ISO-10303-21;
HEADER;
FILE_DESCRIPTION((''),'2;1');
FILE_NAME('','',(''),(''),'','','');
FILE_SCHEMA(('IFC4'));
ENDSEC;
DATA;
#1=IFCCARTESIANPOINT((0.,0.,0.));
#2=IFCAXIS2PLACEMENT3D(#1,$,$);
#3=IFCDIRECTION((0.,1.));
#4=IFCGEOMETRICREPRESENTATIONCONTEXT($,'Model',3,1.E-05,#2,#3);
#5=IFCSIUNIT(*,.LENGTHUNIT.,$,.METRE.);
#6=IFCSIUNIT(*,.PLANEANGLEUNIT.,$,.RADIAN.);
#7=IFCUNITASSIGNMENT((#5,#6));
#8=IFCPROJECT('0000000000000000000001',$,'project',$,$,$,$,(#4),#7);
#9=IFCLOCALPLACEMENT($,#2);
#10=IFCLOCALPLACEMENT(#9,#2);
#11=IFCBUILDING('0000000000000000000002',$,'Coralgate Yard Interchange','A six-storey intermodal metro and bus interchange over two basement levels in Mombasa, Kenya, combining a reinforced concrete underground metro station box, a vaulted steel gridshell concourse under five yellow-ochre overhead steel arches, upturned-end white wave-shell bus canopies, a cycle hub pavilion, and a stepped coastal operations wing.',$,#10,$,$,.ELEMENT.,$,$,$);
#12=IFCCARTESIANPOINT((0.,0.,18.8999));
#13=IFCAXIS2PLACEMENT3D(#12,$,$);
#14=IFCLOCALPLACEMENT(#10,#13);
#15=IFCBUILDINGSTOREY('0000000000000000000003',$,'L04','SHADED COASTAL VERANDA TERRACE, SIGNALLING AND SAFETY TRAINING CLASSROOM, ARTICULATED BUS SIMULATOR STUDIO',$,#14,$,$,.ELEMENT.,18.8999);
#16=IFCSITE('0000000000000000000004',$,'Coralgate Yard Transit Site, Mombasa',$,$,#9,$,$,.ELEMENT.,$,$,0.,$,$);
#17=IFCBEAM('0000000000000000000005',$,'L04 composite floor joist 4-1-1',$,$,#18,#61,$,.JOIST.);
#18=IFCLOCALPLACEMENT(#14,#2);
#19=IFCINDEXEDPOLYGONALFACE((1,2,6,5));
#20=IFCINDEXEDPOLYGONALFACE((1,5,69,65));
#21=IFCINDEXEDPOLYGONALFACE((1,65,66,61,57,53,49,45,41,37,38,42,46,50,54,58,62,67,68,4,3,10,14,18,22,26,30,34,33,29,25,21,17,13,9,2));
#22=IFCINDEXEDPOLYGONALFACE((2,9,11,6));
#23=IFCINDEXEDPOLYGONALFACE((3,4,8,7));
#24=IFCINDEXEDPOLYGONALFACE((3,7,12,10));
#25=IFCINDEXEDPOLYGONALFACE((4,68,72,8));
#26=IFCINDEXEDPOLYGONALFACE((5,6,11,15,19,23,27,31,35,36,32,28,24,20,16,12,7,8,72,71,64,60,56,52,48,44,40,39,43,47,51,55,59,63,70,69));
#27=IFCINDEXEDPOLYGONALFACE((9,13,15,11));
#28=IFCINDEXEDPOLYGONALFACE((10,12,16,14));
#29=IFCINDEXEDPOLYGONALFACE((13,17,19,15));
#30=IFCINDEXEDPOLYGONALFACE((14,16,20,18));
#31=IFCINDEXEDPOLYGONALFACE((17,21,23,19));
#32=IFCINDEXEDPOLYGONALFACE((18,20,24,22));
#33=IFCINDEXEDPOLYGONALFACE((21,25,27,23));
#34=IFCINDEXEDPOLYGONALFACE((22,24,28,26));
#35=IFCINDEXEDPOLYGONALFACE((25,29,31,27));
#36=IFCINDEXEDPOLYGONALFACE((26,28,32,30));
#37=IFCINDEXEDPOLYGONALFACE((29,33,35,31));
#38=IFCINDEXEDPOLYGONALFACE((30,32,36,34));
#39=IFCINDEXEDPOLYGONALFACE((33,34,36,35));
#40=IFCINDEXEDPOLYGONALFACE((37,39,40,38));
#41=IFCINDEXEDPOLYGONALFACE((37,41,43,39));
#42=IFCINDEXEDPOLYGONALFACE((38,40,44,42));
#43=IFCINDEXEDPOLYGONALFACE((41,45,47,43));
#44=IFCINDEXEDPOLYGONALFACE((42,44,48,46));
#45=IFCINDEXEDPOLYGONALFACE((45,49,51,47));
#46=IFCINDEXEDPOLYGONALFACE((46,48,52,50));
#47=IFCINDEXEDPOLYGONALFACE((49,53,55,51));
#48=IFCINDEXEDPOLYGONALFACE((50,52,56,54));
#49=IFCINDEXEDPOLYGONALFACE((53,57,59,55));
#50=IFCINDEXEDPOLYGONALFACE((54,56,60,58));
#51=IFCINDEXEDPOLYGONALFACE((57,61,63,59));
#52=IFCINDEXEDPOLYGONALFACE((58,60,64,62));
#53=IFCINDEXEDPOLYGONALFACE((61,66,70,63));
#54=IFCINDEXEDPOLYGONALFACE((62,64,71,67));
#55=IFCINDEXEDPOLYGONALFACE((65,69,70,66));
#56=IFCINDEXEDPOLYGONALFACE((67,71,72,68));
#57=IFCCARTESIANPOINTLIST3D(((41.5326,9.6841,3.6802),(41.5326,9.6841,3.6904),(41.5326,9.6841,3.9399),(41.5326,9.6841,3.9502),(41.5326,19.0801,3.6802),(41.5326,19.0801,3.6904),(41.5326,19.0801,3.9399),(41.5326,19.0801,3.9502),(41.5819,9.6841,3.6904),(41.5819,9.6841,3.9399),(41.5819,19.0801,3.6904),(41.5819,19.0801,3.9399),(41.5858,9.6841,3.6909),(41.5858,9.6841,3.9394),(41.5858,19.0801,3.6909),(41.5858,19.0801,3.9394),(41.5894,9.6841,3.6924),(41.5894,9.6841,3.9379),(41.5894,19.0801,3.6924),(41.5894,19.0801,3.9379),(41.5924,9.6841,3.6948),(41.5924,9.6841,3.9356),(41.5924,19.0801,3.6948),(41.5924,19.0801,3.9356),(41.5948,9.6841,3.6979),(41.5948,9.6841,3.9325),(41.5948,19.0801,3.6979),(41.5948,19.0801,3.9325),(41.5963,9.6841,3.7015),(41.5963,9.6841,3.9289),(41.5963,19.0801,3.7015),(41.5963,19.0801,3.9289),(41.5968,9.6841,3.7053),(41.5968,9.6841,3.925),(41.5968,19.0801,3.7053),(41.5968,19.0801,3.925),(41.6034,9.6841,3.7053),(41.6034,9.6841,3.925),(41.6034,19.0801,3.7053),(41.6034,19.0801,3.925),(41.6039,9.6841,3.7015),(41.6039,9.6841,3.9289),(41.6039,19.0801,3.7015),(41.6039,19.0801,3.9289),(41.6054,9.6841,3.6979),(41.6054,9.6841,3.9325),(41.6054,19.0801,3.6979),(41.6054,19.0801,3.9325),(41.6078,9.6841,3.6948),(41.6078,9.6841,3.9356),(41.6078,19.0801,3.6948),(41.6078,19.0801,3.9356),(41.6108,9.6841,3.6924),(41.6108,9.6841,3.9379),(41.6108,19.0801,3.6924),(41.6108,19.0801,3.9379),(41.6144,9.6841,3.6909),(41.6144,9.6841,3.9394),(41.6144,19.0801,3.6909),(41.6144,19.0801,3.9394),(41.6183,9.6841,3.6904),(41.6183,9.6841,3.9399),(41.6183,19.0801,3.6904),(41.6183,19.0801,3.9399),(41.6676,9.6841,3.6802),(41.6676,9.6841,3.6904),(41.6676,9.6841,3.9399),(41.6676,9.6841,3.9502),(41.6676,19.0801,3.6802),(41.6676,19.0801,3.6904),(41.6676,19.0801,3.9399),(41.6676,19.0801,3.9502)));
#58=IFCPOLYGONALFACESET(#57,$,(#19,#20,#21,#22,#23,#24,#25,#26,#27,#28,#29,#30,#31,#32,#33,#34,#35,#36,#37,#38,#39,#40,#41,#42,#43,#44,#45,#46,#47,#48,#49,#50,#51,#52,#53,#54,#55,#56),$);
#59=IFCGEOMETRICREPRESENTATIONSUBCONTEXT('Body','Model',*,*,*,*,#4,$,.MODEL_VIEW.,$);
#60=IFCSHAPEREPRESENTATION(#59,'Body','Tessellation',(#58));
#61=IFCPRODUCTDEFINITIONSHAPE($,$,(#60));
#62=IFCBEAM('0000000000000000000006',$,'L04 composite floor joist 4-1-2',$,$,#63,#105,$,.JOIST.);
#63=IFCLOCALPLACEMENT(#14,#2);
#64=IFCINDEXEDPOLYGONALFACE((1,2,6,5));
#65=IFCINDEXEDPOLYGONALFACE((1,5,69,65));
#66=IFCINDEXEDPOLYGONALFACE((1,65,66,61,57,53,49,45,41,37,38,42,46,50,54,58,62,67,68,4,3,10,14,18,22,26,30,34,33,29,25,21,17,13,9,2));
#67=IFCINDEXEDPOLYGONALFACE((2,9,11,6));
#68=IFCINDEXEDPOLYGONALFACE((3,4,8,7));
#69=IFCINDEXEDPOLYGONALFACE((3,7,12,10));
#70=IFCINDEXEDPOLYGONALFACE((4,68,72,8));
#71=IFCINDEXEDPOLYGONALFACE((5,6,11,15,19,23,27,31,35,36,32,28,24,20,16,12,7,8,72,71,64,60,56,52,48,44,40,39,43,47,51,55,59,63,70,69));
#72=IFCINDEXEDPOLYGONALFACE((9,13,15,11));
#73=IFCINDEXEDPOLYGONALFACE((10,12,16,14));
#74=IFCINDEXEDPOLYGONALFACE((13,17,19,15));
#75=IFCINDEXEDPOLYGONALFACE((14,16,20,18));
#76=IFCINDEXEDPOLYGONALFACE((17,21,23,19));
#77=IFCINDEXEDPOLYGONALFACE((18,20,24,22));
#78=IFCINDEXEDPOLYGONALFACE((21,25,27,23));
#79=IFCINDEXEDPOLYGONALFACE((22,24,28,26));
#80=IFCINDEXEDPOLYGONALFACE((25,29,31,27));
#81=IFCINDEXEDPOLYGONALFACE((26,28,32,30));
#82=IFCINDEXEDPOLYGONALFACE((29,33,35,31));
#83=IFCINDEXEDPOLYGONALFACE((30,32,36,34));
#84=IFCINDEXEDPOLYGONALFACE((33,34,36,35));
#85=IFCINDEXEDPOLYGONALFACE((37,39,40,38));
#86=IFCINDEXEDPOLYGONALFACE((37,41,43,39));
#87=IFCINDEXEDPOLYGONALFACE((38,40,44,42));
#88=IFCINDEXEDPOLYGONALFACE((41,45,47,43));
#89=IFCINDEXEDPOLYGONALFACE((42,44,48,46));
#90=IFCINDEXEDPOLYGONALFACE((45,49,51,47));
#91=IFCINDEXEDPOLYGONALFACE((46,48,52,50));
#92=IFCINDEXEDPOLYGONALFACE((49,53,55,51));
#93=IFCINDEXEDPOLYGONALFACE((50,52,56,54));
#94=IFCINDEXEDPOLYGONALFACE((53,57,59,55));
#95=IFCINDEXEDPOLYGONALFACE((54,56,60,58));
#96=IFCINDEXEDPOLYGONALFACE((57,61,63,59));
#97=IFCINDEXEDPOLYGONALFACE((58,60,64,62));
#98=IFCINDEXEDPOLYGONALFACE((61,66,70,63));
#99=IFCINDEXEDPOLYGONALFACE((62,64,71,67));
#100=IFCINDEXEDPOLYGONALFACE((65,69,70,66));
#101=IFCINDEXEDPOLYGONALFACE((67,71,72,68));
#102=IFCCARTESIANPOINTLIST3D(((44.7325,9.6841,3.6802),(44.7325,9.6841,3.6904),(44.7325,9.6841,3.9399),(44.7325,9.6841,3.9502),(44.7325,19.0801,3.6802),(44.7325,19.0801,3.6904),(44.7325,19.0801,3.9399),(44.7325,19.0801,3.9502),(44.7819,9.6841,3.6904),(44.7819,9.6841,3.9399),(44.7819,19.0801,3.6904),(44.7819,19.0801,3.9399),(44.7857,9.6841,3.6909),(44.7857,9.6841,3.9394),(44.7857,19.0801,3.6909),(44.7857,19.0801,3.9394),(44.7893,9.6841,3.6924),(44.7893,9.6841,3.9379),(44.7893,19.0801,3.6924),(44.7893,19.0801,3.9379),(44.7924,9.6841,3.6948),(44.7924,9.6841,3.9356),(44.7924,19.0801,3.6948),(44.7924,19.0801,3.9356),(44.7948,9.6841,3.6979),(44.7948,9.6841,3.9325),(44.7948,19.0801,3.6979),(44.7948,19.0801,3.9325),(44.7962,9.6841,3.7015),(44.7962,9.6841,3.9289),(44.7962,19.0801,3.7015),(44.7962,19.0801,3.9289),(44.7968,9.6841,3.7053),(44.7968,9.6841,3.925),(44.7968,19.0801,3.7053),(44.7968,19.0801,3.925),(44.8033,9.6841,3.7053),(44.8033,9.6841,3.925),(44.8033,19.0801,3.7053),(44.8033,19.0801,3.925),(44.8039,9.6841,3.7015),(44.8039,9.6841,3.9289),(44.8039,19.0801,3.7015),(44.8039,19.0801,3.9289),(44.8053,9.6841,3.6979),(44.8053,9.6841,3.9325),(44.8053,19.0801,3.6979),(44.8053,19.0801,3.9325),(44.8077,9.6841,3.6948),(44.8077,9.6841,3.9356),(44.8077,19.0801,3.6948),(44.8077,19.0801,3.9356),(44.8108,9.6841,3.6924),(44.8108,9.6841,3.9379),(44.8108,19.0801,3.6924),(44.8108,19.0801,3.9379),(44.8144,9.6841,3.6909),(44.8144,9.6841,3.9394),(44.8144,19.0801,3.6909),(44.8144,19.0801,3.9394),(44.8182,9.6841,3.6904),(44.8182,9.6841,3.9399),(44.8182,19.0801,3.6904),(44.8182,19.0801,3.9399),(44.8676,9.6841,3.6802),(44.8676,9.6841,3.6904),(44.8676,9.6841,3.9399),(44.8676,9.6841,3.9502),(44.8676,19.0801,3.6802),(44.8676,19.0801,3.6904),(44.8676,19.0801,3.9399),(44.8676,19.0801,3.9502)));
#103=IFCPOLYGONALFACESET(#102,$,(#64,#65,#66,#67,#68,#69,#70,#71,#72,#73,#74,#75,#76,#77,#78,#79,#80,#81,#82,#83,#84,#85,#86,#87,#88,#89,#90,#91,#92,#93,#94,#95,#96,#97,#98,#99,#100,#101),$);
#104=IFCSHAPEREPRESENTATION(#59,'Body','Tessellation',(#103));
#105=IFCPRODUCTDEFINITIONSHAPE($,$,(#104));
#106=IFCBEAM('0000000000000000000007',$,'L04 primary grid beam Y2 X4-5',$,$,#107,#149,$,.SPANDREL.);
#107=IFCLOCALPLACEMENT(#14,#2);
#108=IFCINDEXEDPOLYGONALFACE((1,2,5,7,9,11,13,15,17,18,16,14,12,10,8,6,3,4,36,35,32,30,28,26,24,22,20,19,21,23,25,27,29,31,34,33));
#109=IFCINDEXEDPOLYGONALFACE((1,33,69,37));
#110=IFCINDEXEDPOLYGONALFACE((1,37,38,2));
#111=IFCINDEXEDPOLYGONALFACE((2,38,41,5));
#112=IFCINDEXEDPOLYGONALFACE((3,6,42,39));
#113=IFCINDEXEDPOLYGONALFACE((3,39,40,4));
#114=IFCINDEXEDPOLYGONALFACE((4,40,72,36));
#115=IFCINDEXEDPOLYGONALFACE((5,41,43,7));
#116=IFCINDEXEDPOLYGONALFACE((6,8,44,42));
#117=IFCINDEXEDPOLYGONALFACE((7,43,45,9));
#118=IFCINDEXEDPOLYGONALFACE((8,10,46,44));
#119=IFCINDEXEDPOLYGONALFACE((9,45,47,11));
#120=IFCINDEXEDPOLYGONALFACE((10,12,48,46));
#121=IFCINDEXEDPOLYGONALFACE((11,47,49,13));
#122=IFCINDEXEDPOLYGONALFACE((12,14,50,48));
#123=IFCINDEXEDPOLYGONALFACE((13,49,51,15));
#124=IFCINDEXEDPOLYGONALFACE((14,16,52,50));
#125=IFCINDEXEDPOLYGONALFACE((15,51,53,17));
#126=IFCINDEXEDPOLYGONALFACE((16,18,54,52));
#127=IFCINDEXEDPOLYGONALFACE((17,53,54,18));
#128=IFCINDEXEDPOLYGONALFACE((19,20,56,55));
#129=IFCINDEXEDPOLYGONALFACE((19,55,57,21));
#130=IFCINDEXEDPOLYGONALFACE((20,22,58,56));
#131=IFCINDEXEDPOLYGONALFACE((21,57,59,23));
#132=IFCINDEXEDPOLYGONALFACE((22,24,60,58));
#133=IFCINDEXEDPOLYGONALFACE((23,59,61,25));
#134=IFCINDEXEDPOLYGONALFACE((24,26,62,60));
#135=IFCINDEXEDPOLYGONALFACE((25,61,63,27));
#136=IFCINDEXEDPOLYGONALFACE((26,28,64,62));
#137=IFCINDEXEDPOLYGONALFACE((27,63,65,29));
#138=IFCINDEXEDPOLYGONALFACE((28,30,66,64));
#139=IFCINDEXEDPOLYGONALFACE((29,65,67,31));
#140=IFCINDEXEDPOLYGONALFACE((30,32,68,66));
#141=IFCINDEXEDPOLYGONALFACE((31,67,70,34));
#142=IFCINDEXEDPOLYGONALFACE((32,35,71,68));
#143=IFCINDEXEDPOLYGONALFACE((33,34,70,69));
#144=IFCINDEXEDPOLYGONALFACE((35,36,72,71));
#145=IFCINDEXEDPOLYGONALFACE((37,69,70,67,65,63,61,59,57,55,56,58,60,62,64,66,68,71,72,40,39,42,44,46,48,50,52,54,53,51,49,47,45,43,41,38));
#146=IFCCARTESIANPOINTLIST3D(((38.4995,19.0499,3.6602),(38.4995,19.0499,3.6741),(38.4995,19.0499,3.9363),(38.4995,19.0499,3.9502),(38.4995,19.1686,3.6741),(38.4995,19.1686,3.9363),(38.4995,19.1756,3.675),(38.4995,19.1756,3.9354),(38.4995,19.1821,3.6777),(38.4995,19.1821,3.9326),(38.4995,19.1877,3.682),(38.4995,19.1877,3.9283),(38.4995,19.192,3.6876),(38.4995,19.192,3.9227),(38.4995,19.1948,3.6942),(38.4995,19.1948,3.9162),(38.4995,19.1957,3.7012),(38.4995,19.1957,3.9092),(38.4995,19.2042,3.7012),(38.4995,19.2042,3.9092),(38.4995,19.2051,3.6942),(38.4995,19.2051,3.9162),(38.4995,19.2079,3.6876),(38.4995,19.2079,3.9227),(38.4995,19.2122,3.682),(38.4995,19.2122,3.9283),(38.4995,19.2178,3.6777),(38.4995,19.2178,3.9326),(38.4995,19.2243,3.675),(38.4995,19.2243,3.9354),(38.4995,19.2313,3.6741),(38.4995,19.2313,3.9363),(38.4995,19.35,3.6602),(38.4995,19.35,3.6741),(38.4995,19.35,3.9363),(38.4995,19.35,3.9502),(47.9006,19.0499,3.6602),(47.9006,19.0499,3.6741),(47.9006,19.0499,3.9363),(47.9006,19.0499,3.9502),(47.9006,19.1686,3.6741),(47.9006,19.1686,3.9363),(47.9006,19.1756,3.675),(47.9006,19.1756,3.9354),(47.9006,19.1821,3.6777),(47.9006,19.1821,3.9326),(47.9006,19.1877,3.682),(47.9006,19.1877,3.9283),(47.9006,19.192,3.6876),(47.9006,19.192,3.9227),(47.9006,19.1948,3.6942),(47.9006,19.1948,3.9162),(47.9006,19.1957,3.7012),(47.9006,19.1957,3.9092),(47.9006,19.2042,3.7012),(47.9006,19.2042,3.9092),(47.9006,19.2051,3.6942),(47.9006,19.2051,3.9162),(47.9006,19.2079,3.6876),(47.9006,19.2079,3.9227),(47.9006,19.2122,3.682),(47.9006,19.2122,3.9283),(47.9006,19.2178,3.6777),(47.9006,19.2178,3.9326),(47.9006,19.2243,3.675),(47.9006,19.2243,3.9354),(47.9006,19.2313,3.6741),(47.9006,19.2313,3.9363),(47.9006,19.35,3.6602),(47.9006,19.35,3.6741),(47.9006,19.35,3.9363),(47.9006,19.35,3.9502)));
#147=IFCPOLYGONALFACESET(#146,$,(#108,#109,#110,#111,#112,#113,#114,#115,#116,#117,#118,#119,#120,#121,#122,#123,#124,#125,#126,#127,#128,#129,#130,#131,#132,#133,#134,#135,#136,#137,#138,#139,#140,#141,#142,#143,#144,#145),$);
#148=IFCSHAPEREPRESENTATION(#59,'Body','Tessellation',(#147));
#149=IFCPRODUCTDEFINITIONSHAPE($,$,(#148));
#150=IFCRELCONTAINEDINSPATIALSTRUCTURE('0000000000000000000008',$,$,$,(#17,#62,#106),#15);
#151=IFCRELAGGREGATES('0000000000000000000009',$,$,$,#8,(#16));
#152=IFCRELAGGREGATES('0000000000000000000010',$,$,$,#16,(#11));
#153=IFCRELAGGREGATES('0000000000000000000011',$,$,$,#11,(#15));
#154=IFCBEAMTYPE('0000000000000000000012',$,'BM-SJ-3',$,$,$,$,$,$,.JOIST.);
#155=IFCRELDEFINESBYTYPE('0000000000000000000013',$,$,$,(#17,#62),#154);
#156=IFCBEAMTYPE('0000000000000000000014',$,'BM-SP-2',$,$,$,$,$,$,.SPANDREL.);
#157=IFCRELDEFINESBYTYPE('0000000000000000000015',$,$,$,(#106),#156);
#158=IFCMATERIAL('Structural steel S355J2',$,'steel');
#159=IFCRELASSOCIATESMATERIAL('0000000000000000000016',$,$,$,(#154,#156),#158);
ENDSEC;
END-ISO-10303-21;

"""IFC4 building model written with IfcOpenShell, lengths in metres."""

from ifc_helpers import new_model, si_unit, direction, frame, origin, origin_2d, place, context, subcontext, project, spatial, i_section, extrude, material, material_profile, profile_set, type_object, element, save


model = new_model("IFC4")

# Units and contexts
model_context = context("Model", 3, precision=1e-05, world=origin(), true_north=direction((0.0, 1.0)))
body_context = subcontext(model_context, "Body", "Model", "MODEL_VIEW")
ifc_project = project(units=[si_unit("LENGTHUNIT", "METRE"), si_unit("PLANEANGLEUNIT", "RADIAN")], contexts=[model_context])

# Site, building, storey
site_placement = place(None, origin())
site = spatial("IfcSite", under=ifc_project, at=site_placement, Name="Coralgate Yard Transit Site, Mombasa", CompositionType="ELEMENT", RefElevation=0.0)
building_placement = place(site_placement, origin())
building = spatial("IfcBuilding", under=site, at=building_placement, Name="Coralgate Yard Interchange", Description="A six-storey intermodal metro and bus interchange over two basement levels in Mombasa, Kenya, combining a reinforced concrete underground metro station box, a vaulted steel gridshell concourse under five yellow-ochre overhead steel arches, upturned-end white wave-shell bus canopies, a cycle hub pavilion, and a stepped coastal operations wing.", CompositionType="ELEMENT")
storey_placement = place(building_placement, frame((0.0, 0.0, 18.8999)))
storey = spatial("IfcBuildingStorey", under=building, at=storey_placement, Name="L04", Description="SHADED COASTAL VERANDA TERRACE, SIGNALLING AND SAFETY TRAINING CLASSROOM, ARTICULATED BUS SIMULATOR STUDIO", CompositionType="ELEMENT", Elevation=18.8999)

# Shared definitions
ifc_material_1 = material(Name="Structural steel S355J2", Category="steel")

# Beams
ifc_material_profile_1 = material_profile(ifc_material_1, i_section(OverallWidth=0.135, OverallDepth=0.27, WebThickness=0.0066, FlangeThickness=0.0103, FilletRadius=0.0149, at=origin_2d()), Name="IPE 270")
ifc_profile_set_1 = profile_set([ifc_material_profile_1], Name="Structural steel S355J2")
beam_type_1 = type_object("IfcBeamType", Name="BM-SJ-3", PredefinedType="JOIST", material=ifc_profile_set_1)
for number, where, z_axis, x_axis, name in (
    (1, (41.6001, 9.6841, 3.8152), (0.0, 1.0, 0.0), (-1.0, 0.0, 0.0), "L04 composite floor joist 4-1-1"),
    (2, (44.8, 9.6841, 3.8152), (0.0, 1.0, 0.0), (-1.0, 0.0, 0.0), "L04 composite floor joist 4-1-2"),
):
    element("IfcBeam", number, at=place(storey_placement, frame(where, z_axis=z_axis, x_axis=x_axis)), inside=storey, type_object=beam_type_1, Name=name, PredefinedType="JOIST", context=body_context, shape_type="SweptSolid", body=[
        extrude(i_section(OverallWidth=0.135, OverallDepth=0.27, WebThickness=0.0066, FlangeThickness=0.0103, FilletRadius=0.0149, at=origin_2d()), origin(), (0.0, 0.0, 1.0), 9.396),
    ])
ifc_material_profile_2 = material_profile(ifc_material_1, i_section(OverallWidth=0.3, OverallDepth=0.29, WebThickness=0.0085, FlangeThickness=0.0139, FilletRadius=0.0271, at=origin_2d()), Name="HEA 300")
ifc_profile_set_2 = profile_set([ifc_material_profile_2], Name="Structural steel S355J2")
beam_type_2 = type_object("IfcBeamType", Name="BM-SP-2", PredefinedType="SPANDREL", material=ifc_profile_set_2)
beam_1_placement = place(storey_placement, frame((38.4995, 19.2, 3.8052), z_axis=(1.0, 0.0, 0.0), x_axis=(0.0, 1.0, 0.0)))
element("IfcBeam", 3, at=beam_1_placement, inside=storey, type_object=beam_type_2, Name="L04 primary grid beam Y2 X4-5", PredefinedType="SPANDREL", context=body_context, shape_type="SweptSolid", body=[
    extrude(i_section(OverallWidth=0.3, OverallDepth=0.29, WebThickness=0.0085, FlangeThickness=0.0139, FilletRadius=0.0271, at=origin_2d()), origin(), (0.0, 0.0, 1.0), 9.4011),
])

save(model, "model.ifc")
